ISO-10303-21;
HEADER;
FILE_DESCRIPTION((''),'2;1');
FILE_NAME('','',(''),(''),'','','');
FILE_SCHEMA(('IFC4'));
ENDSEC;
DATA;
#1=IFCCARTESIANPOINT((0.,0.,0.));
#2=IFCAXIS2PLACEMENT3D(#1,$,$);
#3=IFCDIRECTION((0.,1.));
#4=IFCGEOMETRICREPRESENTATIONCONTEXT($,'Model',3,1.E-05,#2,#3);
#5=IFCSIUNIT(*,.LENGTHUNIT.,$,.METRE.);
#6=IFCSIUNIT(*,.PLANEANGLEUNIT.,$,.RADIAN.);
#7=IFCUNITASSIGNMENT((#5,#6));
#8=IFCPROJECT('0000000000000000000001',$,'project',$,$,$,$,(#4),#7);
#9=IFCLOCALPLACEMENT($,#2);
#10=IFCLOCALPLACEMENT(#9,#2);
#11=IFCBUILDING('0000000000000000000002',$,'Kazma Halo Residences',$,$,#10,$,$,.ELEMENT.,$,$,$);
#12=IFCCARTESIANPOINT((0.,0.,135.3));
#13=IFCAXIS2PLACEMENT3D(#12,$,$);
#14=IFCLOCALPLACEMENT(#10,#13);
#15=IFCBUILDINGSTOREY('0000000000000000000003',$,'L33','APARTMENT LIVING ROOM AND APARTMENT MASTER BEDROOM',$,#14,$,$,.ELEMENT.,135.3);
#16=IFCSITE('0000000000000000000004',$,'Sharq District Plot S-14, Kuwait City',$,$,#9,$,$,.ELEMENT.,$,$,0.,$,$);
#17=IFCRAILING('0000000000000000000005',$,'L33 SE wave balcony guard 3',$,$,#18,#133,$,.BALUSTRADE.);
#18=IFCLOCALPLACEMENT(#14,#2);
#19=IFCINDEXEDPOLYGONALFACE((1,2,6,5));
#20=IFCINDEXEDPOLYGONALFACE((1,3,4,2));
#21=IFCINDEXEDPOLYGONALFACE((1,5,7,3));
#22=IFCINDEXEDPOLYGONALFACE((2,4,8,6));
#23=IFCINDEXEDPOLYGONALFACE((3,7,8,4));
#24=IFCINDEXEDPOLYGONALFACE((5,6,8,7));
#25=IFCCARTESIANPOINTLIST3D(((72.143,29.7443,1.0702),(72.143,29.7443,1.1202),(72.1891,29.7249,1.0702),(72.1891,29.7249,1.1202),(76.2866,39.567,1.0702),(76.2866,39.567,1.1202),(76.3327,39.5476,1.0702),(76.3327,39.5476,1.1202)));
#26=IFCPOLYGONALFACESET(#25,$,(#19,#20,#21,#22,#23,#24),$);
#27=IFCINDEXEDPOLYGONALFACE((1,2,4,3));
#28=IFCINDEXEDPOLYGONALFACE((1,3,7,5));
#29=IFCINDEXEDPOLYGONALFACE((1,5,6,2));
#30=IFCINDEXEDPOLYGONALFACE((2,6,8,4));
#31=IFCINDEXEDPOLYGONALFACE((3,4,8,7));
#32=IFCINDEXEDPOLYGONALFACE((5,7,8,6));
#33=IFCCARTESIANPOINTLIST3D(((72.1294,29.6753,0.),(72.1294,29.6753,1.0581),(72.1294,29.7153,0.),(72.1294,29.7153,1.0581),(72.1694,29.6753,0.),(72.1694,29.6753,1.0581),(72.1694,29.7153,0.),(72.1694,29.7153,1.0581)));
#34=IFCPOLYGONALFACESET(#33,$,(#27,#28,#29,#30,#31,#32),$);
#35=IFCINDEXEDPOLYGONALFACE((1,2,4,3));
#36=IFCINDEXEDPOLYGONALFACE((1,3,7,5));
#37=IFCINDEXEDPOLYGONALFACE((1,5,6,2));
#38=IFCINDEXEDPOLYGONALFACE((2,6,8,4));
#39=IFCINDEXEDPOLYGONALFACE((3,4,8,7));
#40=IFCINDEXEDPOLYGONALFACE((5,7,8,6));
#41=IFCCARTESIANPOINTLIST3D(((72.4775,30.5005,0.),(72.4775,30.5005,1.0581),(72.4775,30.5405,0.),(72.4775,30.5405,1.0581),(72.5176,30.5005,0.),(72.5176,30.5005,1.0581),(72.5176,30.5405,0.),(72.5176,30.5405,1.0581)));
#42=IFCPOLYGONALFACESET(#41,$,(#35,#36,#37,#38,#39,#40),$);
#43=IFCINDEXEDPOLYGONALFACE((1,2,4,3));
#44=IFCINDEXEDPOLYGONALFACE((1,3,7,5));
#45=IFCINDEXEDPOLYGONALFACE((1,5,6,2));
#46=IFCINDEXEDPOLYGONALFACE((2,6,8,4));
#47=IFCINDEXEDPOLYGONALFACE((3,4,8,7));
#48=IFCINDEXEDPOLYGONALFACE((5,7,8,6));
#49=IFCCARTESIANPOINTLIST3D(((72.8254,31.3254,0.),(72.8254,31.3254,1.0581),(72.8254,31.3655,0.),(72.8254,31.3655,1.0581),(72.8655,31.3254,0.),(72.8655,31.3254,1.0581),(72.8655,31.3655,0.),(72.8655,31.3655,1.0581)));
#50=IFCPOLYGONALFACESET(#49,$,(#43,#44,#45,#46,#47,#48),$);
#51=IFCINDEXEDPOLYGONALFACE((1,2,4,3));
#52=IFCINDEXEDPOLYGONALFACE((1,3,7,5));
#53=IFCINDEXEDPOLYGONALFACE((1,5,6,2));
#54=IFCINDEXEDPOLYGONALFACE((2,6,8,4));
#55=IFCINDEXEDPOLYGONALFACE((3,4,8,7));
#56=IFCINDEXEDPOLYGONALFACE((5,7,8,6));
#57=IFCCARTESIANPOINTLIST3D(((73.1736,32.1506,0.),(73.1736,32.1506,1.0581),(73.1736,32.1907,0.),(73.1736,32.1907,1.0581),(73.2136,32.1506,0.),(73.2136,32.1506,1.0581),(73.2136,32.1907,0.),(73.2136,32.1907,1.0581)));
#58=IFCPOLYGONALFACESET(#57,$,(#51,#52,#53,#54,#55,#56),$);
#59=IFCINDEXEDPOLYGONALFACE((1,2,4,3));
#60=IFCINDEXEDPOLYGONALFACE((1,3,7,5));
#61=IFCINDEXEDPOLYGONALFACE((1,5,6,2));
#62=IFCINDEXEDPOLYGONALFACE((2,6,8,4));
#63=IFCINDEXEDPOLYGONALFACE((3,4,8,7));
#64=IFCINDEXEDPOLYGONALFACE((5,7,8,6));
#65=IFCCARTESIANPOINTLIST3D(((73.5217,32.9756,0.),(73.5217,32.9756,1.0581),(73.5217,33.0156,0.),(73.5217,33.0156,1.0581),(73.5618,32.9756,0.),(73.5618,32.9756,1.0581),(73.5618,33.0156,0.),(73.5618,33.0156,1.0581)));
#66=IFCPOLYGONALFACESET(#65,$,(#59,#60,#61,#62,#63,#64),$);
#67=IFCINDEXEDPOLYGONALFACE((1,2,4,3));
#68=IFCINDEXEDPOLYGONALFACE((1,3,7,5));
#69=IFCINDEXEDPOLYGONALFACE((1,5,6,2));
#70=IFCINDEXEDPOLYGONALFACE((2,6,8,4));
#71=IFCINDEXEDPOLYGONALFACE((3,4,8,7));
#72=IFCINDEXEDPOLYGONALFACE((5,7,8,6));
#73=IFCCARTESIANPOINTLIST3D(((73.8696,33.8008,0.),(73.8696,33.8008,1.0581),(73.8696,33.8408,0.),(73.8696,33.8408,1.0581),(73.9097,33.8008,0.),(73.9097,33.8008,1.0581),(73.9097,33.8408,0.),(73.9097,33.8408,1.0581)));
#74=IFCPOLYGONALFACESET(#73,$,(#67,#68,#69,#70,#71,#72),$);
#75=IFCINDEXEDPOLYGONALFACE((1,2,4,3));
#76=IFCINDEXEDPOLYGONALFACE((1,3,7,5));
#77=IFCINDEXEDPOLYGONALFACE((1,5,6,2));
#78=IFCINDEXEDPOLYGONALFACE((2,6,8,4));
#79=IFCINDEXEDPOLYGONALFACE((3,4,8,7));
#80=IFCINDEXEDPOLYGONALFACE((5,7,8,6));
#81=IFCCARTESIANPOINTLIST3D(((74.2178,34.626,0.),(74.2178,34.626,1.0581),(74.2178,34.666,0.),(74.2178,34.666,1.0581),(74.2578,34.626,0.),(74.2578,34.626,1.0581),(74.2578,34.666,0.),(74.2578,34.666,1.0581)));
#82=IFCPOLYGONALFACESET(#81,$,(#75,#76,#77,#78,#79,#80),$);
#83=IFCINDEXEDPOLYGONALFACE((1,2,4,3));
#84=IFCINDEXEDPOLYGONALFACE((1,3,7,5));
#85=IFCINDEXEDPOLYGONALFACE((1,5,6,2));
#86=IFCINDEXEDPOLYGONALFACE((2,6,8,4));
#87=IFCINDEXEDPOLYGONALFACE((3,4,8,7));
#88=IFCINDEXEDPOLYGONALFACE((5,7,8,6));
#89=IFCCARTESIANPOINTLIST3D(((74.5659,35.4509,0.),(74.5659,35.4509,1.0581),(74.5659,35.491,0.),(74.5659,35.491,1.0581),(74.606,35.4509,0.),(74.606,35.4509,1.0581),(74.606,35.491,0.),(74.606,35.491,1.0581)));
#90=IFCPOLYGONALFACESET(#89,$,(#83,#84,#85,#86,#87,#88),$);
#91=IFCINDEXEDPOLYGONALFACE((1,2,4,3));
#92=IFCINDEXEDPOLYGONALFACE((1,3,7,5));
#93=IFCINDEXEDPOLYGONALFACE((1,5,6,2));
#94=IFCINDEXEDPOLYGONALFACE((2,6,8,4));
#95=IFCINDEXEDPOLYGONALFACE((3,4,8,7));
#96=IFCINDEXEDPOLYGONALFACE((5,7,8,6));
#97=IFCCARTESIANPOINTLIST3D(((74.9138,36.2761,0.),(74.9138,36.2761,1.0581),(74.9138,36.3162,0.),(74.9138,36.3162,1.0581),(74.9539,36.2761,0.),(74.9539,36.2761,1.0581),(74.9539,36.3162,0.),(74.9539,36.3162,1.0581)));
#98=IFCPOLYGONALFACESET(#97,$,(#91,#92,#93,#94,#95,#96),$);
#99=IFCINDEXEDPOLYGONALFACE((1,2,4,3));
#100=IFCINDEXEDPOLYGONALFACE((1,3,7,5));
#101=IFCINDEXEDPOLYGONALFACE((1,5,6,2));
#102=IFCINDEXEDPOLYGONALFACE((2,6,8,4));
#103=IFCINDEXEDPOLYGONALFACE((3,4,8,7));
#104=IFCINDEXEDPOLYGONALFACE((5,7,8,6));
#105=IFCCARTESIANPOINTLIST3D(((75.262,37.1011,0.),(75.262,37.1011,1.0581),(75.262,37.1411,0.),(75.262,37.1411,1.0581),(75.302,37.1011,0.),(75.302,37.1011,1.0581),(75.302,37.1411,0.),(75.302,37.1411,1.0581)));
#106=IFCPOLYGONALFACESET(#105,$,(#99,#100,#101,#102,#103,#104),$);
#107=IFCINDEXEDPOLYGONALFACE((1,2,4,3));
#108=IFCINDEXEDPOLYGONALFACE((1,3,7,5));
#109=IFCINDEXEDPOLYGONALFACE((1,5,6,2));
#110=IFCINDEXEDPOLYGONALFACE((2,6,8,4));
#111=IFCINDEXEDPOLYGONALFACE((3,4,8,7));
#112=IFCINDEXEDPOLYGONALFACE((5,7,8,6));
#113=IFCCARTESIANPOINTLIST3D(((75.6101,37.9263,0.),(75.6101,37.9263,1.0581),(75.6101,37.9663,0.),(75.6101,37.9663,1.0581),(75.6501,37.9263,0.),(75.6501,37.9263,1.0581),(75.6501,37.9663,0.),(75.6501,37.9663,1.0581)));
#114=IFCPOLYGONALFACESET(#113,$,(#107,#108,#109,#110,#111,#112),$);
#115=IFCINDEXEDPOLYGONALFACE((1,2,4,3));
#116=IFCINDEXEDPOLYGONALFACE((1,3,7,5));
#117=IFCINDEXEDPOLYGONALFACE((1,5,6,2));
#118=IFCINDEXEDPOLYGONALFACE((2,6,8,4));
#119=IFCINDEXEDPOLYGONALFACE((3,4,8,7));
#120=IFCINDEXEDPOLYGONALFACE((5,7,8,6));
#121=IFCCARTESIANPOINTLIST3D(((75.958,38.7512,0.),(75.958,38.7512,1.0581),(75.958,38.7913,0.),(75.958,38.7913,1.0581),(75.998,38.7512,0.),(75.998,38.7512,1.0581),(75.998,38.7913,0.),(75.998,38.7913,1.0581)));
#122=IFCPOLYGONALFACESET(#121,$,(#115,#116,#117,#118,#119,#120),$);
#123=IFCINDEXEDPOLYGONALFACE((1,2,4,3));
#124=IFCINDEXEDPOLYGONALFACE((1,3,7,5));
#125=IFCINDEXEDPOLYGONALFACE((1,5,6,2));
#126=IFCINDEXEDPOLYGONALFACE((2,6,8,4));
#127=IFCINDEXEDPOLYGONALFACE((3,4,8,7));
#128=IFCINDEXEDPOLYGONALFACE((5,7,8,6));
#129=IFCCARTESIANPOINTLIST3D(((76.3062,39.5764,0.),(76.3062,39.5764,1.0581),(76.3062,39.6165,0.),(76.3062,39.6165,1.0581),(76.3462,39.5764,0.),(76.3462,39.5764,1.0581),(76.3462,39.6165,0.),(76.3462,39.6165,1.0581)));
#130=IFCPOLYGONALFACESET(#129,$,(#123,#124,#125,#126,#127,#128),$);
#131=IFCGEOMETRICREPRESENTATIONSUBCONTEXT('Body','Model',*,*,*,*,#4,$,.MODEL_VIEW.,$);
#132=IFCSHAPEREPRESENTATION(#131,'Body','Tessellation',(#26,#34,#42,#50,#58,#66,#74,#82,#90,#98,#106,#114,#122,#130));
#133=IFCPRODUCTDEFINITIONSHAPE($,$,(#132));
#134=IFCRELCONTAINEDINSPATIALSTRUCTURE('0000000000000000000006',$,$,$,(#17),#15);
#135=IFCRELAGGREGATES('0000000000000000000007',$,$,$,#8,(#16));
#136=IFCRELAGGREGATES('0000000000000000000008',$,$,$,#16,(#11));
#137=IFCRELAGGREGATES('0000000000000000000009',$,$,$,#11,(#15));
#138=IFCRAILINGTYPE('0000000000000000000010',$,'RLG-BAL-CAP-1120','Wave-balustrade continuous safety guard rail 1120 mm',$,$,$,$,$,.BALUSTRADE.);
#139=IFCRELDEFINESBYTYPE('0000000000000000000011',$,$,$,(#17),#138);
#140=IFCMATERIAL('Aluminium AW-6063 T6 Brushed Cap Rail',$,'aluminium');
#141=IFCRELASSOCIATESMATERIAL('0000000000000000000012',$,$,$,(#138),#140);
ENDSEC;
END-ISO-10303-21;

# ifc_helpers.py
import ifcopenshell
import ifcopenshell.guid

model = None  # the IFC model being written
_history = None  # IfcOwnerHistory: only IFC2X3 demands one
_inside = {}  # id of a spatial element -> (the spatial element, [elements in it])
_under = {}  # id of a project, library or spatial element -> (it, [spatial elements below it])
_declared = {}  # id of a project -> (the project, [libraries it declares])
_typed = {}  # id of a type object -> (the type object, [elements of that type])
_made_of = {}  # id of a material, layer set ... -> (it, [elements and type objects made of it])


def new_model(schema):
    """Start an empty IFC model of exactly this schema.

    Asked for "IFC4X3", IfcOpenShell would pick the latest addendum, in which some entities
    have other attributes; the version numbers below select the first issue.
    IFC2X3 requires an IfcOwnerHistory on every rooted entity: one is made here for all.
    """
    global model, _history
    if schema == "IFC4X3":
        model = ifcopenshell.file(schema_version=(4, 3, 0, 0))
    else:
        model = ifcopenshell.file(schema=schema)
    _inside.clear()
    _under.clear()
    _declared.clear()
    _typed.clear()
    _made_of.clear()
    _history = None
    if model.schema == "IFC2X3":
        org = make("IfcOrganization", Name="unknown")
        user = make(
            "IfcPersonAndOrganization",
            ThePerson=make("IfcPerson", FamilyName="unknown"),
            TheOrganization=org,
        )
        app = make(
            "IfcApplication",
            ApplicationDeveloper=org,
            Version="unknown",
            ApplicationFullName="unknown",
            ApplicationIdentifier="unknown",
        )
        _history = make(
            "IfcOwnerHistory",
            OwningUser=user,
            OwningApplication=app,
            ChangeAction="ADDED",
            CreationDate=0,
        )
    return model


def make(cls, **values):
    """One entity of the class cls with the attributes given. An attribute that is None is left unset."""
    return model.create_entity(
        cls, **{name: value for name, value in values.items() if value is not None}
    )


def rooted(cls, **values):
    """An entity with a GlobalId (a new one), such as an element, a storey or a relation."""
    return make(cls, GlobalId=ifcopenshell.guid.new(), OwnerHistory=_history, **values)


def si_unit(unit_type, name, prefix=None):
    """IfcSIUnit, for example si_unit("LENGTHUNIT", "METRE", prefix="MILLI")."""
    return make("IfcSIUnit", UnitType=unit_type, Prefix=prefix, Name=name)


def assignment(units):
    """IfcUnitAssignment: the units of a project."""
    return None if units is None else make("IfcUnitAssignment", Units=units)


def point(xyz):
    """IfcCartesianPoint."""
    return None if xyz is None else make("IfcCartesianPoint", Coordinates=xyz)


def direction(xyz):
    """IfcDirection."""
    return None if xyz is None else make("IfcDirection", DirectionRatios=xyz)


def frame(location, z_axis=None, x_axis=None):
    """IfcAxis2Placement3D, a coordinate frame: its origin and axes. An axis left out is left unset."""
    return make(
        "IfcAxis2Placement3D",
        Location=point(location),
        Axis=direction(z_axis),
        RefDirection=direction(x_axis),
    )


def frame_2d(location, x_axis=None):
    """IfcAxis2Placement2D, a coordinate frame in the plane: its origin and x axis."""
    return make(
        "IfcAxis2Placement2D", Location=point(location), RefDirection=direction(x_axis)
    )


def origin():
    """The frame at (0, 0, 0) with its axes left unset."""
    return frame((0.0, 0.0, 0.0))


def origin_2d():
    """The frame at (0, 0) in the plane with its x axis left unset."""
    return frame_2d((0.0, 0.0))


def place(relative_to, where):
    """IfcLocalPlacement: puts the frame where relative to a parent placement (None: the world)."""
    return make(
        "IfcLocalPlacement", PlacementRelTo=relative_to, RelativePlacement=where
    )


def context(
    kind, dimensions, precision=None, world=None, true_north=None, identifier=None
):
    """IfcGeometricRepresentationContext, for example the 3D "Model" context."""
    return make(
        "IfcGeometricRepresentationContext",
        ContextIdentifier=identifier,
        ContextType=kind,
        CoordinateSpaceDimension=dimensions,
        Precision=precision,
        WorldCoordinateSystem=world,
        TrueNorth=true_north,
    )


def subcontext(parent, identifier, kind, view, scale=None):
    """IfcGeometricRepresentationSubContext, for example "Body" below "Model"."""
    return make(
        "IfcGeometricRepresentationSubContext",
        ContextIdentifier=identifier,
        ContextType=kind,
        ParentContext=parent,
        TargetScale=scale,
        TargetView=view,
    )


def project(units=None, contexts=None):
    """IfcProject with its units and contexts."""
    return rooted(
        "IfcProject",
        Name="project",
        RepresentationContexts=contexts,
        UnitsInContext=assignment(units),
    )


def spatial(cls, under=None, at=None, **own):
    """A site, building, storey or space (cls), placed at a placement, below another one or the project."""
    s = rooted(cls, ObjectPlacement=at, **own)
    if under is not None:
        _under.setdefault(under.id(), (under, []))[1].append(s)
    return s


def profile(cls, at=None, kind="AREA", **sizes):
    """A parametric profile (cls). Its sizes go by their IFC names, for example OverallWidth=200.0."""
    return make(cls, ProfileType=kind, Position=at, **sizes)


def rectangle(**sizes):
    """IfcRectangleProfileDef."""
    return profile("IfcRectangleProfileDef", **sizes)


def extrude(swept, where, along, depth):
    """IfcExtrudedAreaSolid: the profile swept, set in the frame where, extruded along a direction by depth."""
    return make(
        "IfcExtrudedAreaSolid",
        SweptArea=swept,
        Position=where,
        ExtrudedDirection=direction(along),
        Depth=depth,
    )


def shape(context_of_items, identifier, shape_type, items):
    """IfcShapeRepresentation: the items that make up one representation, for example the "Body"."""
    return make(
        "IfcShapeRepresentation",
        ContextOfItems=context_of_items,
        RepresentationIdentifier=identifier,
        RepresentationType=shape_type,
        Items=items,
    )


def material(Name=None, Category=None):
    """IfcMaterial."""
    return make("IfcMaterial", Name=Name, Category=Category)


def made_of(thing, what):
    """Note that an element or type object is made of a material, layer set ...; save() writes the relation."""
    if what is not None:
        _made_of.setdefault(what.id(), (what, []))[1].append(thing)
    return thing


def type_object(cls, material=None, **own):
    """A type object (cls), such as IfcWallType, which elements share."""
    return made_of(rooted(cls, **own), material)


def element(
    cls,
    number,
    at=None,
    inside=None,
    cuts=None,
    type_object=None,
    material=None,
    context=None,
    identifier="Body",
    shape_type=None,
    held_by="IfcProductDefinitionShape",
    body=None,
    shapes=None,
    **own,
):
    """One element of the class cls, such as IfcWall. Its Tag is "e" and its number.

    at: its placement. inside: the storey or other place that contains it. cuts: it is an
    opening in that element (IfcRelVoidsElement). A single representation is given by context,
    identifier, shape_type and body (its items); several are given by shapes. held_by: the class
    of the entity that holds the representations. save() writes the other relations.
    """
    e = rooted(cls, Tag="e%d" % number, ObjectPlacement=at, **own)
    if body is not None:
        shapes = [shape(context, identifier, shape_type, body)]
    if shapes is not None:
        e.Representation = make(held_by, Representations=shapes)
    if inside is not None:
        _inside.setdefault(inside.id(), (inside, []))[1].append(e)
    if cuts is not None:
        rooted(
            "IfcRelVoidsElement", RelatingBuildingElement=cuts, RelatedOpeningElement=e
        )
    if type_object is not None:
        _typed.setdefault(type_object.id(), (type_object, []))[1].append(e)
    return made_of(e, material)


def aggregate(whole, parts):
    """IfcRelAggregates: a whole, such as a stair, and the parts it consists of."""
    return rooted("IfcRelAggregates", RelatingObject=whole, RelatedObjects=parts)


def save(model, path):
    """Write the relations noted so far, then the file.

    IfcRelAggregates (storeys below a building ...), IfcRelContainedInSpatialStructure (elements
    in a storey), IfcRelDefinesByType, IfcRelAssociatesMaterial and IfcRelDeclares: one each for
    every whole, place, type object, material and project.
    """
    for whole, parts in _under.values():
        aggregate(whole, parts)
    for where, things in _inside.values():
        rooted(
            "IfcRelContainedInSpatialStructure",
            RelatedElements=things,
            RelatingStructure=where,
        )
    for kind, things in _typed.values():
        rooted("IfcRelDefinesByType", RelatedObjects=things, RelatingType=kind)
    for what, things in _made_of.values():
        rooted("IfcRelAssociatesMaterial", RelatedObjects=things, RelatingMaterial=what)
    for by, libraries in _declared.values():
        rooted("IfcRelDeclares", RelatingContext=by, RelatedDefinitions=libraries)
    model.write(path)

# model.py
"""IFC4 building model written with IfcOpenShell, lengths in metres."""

from ifc_helpers import new_model, si_unit, direction, frame, origin, origin_2d, place, context, subcontext, project, spatial, rectangle, extrude, material, type_object, element, save


model = new_model("IFC4")

# Units and contexts
model_context = context("Model", 3, precision=1e-05, world=origin(), true_north=direction((0.0, 1.0)))
body_context = subcontext(model_context, "Body", "Model", "MODEL_VIEW")
ifc_project = project(units=[si_unit("LENGTHUNIT", "METRE"), si_unit("PLANEANGLEUNIT", "RADIAN")], contexts=[model_context])

# Site, building, storey
site_placement = place(None, origin())
site = spatial("IfcSite", under=ifc_project, at=site_placement, Name="Sharq District Plot S-14, Kuwait City", CompositionType="ELEMENT", RefElevation=0.0)
building_placement = place(site_placement, origin())
building = spatial("IfcBuilding", under=site, at=building_placement, Name="Kazma Halo Residences", CompositionType="ELEMENT")
storey_placement = place(building_placement, frame((0.0, 0.0, 135.3)))
storey = spatial("IfcBuildingStorey", under=building, at=storey_placement, Name="L33", Description="APARTMENT LIVING ROOM AND APARTMENT MASTER BEDROOM", CompositionType="ELEMENT", Elevation=135.3)

# Railing
ifc_material_1 = material(Name="Aluminium AW-6063 T6 Brushed Cap Rail", Category="aluminium")
railing_type = type_object("IfcRailingType", Name="RLG-BAL-CAP-1120", Description="Wave-balustrade continuous safety guard rail 1120 mm", PredefinedType="BALUSTRADE", material=ifc_material_1)
railing_1_placement = place(storey_placement, frame((72.1494, 29.6953, 0.0)))
element("IfcRailing", 1, at=railing_1_placement, inside=storey, type_object=railing_type, Name="L33 SE wave balcony guard 3", PredefinedType="BALUSTRADE", context=body_context, shape_type="SweptSolid", body=[
    extrude(rectangle(XDim=0.05, YDim=0.05, at=origin_2d()), frame((0.0166, 0.0393, 1.0952), z_axis=(0.388679, 0.921373, 0.0), x_axis=(-0.921373, 0.388679, 0.0)), (0.0, 0.0, 1.0), 10.6609),
    extrude(rectangle(XDim=0.04, YDim=0.04, at=origin_2d()), origin(), (0.0, 0.0, 1.0), 1.0581),
    extrude(rectangle(XDim=0.04, YDim=0.04, at=origin_2d()), frame((0.3481, 0.8252, 0.0)), (0.0, 0.0, 1.0), 1.0581),
    extrude(rectangle(XDim=0.04, YDim=0.04, at=origin_2d()), frame((0.696, 1.6501, 0.0)), (0.0, 0.0, 1.0), 1.0581),
    extrude(rectangle(XDim=0.04, YDim=0.04, at=origin_2d()), frame((1.0442, 2.4753, 0.0)), (0.0, 0.0, 1.0), 1.0581),
    extrude(rectangle(XDim=0.04, YDim=0.04, at=origin_2d()), frame((1.3923, 3.3003, 0.0)), (0.0, 0.0, 1.0), 1.0581),
    extrude(rectangle(XDim=0.04, YDim=0.04, at=origin_2d()), frame((1.7402, 4.1255, 0.0)), (0.0, 0.0, 1.0), 1.0581),
    extrude(rectangle(XDim=0.04, YDim=0.04, at=origin_2d()), frame((2.0884, 4.9507, 0.0)), (0.0, 0.0, 1.0), 1.0581),
    extrude(rectangle(XDim=0.04, YDim=0.04, at=origin_2d()), frame((2.4365, 5.7756, 0.0)), (0.0, 0.0, 1.0), 1.0581),
    extrude(rectangle(XDim=0.04, YDim=0.04, at=origin_2d()), frame((2.7844, 6.6008, 0.0)), (0.0, 0.0, 1.0), 1.0581),
    extrude(rectangle(XDim=0.04, YDim=0.04, at=origin_2d()), frame((3.1326, 7.4258, 0.0)), (0.0, 0.0, 1.0), 1.0581),
    extrude(rectangle(XDim=0.04, YDim=0.04, at=origin_2d()), frame((3.4807, 8.251, 0.0)), (0.0, 0.0, 1.0), 1.0581),
    extrude(rectangle(XDim=0.04, YDim=0.04, at=origin_2d()), frame((3.8286, 9.0759, 0.0)), (0.0, 0.0, 1.0), 1.0581),
    extrude(rectangle(XDim=0.04, YDim=0.04, at=origin_2d()), frame((4.1768, 9.9011, 0.0)), (0.0, 0.0, 1.0), 1.0581),
])

save(model, "model.ifc")
